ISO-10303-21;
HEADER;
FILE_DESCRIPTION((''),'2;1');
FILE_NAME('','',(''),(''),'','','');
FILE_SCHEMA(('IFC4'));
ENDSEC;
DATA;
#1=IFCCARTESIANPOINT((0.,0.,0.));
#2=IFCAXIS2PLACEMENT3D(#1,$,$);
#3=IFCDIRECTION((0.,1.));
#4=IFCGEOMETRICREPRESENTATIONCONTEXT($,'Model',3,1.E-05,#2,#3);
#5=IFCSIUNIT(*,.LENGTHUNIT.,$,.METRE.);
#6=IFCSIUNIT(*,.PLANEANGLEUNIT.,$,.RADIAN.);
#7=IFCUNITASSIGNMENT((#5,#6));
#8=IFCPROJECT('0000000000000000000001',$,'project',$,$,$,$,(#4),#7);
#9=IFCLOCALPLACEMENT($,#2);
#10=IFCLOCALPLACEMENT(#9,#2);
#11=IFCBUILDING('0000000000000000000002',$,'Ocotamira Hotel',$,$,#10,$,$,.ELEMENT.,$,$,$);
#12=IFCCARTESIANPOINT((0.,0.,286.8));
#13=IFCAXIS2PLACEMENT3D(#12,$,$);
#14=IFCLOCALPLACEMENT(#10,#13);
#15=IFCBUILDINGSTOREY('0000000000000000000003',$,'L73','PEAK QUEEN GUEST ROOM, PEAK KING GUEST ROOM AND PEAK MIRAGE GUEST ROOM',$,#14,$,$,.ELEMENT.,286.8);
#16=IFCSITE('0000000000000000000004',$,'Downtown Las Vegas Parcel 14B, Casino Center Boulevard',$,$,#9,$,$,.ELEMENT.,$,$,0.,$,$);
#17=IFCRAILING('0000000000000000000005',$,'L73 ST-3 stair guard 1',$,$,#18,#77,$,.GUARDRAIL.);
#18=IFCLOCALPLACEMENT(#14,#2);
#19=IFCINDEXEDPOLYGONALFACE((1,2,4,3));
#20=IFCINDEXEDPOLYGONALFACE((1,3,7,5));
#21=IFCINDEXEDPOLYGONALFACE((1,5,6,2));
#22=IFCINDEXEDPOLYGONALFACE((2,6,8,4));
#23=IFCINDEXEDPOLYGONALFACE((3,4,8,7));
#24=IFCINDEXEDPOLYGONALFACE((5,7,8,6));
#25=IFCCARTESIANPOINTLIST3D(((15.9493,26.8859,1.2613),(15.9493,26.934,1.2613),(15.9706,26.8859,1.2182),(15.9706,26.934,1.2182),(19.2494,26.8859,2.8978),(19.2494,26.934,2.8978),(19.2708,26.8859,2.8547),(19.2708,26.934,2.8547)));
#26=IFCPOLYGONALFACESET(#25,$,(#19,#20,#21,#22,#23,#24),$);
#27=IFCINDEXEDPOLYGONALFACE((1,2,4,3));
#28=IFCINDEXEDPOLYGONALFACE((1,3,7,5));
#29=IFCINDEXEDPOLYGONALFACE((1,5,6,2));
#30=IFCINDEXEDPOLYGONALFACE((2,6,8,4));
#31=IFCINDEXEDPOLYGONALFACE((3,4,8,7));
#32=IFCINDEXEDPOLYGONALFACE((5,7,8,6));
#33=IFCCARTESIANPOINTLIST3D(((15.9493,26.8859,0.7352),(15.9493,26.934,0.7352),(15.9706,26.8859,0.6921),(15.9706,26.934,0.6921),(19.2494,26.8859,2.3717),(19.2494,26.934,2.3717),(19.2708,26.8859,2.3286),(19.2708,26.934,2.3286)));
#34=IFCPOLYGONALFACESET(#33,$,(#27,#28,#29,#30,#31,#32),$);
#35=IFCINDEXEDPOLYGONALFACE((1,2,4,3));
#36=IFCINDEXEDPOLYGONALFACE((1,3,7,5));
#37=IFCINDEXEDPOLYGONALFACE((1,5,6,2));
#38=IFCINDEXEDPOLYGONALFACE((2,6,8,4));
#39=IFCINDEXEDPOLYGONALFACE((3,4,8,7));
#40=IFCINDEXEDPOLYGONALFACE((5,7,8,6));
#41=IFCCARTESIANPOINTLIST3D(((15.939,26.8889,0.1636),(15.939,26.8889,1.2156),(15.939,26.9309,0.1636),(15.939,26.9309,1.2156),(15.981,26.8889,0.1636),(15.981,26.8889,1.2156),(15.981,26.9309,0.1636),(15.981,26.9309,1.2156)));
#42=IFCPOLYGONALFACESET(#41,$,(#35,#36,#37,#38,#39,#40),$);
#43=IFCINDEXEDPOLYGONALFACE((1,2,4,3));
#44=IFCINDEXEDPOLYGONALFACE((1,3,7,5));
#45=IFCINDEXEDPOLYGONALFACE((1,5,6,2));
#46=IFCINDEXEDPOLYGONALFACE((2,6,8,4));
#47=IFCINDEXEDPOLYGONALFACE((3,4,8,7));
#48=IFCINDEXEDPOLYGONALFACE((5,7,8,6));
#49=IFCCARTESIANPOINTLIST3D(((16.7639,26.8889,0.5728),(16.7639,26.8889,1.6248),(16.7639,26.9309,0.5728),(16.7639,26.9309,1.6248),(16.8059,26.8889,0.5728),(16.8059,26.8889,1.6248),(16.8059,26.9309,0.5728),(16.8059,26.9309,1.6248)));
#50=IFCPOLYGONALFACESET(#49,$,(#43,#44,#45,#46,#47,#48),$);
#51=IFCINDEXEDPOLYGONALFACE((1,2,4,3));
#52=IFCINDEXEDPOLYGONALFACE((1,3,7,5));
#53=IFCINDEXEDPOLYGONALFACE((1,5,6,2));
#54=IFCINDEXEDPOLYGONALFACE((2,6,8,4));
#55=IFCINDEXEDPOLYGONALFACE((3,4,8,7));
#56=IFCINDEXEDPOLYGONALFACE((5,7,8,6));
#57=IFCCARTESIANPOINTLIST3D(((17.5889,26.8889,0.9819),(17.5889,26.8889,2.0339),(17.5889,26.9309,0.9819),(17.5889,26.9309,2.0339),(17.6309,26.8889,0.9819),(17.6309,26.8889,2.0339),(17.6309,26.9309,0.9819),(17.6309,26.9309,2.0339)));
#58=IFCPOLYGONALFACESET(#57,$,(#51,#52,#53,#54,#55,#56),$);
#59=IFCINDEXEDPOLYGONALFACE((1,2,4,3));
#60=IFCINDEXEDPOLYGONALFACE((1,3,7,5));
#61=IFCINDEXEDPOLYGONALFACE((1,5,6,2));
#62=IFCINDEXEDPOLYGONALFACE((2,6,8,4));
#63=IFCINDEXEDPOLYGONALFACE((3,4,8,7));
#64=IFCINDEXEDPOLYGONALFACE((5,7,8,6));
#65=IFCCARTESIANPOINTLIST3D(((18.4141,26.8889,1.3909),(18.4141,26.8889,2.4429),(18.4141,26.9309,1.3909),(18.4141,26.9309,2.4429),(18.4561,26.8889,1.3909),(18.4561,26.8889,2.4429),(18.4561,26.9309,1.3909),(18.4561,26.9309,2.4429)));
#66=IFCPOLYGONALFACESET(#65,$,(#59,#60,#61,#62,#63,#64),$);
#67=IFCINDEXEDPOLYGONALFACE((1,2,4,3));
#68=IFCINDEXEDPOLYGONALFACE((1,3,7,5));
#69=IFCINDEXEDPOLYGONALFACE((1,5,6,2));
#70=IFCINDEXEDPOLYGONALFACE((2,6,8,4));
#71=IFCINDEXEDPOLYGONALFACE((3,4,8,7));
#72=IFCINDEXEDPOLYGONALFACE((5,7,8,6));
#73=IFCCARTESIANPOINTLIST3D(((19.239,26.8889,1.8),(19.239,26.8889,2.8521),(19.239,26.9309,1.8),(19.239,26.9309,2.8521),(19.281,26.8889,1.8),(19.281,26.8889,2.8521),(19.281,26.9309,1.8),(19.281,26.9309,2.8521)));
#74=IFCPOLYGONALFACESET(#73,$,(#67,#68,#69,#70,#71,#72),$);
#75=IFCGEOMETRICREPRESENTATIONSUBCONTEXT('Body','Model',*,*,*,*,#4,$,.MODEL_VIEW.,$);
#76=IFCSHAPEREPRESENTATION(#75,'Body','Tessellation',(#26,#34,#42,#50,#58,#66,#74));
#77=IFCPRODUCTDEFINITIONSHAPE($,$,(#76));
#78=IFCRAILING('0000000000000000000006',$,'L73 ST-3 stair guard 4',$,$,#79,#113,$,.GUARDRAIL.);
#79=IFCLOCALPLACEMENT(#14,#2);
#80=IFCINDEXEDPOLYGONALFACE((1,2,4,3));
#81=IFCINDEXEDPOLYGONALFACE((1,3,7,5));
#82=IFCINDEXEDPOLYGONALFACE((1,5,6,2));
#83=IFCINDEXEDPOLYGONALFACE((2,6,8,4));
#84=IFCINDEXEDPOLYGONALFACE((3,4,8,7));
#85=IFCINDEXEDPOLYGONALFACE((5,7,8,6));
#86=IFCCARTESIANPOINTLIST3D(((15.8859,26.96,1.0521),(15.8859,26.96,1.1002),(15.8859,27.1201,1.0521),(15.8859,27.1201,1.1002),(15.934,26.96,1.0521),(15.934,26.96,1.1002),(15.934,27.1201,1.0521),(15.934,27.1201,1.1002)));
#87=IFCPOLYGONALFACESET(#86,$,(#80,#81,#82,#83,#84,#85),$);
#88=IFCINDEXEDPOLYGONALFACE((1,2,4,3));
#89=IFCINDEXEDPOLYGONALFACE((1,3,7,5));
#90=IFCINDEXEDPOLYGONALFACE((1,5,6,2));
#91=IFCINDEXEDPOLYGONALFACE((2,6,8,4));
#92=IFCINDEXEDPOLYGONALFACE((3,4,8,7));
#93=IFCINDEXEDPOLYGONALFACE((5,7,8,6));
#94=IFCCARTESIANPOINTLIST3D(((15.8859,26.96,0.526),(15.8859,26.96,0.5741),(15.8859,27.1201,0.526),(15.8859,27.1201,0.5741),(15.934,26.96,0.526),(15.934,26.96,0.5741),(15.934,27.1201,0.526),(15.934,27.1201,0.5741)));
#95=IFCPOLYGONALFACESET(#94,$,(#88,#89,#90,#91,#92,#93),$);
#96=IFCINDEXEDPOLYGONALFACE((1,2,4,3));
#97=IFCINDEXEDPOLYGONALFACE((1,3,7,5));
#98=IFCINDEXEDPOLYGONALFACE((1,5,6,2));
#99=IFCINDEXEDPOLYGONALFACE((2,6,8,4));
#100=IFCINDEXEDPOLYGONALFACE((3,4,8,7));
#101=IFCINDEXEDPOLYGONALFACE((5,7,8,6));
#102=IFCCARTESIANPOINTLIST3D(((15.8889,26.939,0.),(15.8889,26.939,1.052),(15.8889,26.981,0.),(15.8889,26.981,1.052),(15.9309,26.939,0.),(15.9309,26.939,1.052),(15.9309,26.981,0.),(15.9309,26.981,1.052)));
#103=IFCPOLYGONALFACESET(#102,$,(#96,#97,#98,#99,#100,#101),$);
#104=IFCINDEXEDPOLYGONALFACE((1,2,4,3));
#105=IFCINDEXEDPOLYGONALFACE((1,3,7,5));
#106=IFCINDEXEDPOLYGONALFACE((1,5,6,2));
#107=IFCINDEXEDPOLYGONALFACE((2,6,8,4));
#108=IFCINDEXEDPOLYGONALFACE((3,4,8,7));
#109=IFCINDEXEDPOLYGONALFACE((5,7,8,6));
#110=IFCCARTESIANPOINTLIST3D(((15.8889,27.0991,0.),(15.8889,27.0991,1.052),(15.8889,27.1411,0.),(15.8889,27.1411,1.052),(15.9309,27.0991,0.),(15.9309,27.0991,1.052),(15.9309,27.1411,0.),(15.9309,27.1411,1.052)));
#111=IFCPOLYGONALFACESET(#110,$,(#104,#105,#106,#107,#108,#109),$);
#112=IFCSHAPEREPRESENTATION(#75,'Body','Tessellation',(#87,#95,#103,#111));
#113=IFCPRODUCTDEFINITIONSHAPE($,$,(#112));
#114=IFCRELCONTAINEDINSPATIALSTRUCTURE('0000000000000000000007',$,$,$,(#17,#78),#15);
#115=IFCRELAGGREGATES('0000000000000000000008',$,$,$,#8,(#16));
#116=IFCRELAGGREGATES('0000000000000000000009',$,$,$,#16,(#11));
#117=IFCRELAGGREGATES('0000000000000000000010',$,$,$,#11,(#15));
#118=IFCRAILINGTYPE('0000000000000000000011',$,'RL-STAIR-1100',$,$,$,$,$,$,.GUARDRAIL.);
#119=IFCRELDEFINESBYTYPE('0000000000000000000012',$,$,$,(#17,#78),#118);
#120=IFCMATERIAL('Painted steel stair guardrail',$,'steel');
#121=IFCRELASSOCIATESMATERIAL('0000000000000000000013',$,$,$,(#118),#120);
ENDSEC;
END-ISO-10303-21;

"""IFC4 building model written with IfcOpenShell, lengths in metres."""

from ifc_helpers import new_model, si_unit, direction, frame, origin, origin_2d, place, context, subcontext, project, spatial, rectangle, extrude, material, type_object, element, save


model = new_model("IFC4")

# Units and contexts
model_context = context("Model", 3, precision=1e-05, world=origin(), true_north=direction((0.0, 1.0)))
body_context = subcontext(model_context, "Body", "Model", "MODEL_VIEW")
ifc_project = project(units=[si_unit("LENGTHUNIT", "METRE"), si_unit("PLANEANGLEUNIT", "RADIAN")], contexts=[model_context])

# Site, building, storey
site_placement = place(None, origin())
site = spatial("IfcSite", under=ifc_project, at=site_placement, Name="Downtown Las Vegas Parcel 14B, Casino Center Boulevard", CompositionType="ELEMENT", RefElevation=0.0)
building_placement = place(site_placement, origin())
building = spatial("IfcBuilding", under=site, at=building_placement, Name="Ocotamira Hotel", CompositionType="ELEMENT")
storey_placement = place(building_placement, frame((0.0, 0.0, 286.8)))
storey = spatial("IfcBuildingStorey", under=building, at=storey_placement, Name="L73", Description="PEAK QUEEN GUEST ROOM, PEAK KING GUEST ROOM AND PEAK MIRAGE GUEST ROOM", CompositionType="ELEMENT", Elevation=286.8)

# Railings
ifc_material_1 = material(Name="Painted steel stair guardrail", Category="steel")
railing_type_1 = type_object("IfcRailingType", Name="RL-STAIR-1100", PredefinedType="GUARDRAIL", material=ifc_material_1)
railing_1_placement = place(storey_placement, frame((15.96, 26.9099, 0.1636)))
element("IfcRailing", 1, at=railing_1_placement, inside=storey, type_object=railing_type_1, Name="L73 ST-3 stair guard 1", PredefinedType="GUARDRAIL", context=body_context, shape_type="SweptSolid", body=[
    extrude(rectangle(XDim=0.0481, YDim=0.0481, at=origin_2d()), frame((0.0, 0.0, 1.0762), z_axis=(0.895894, 0.0, 0.444268), x_axis=(0.0, 1.0, 0.0)), (0.0, 0.0, 1.0), 3.6836),
    extrude(rectangle(XDim=0.0481, YDim=0.0481, at=origin_2d()), frame((0.0, 0.0, 0.55), z_axis=(0.895894, 0.0, 0.444268), x_axis=(0.0, 1.0, 0.0)), (0.0, 0.0, 1.0), 3.6836),
    extrude(rectangle(XDim=0.042, YDim=0.042, at=origin_2d()), origin(), (0.0, 0.0, 1.0), 1.052),
    extrude(rectangle(XDim=0.042, YDim=0.042, at=origin_2d()), frame((0.825, 0.0, 0.4092)), (0.0, 0.0, 1.0), 1.052),
    extrude(rectangle(XDim=0.042, YDim=0.042, at=origin_2d()), frame((1.6499, 0.0, 0.8184)), (0.0, 0.0, 1.0), 1.052),
    extrude(rectangle(XDim=0.042, YDim=0.042, at=origin_2d()), frame((2.4751, 0.0, 1.2273)), (0.0, 0.0, 1.0), 1.052),
    extrude(rectangle(XDim=0.042, YDim=0.042, at=origin_2d()), frame((3.3, 0.0, 1.6365)), (0.0, 0.0, 1.0), 1.052),
])
railing_2_placement = place(storey_placement, frame((15.9099, 26.96, 0.0)))
element("IfcRailing", 2, at=railing_2_placement, inside=storey, type_object=railing_type_1, Name="L73 ST-3 stair guard 4", PredefinedType="GUARDRAIL", context=body_context, shape_type="SweptSolid", body=[
    extrude(rectangle(XDim=0.0481, YDim=0.0481, at=origin_2d()), frame((0.0, 0.0, 1.0762), z_axis=(0.0, 1.0, 0.0), x_axis=(-1.0, 0.0, 0.0)), (0.0, 0.0, 1.0), 0.1602),
    extrude(rectangle(XDim=0.0481, YDim=0.0481, at=origin_2d()), frame((0.0, 0.0, 0.55), z_axis=(0.0, 1.0, 0.0), x_axis=(-1.0, 0.0, 0.0)), (0.0, 0.0, 1.0), 0.1602),
    extrude(rectangle(XDim=0.042, YDim=0.042, at=origin_2d()), origin(), (0.0, 0.0, 1.0), 1.052),
    extrude(rectangle(XDim=0.042, YDim=0.042, at=origin_2d()), frame((0.0, 0.1602, 0.0)), (0.0, 0.0, 1.0), 1.052),
])

save(model, "model.ifc")
